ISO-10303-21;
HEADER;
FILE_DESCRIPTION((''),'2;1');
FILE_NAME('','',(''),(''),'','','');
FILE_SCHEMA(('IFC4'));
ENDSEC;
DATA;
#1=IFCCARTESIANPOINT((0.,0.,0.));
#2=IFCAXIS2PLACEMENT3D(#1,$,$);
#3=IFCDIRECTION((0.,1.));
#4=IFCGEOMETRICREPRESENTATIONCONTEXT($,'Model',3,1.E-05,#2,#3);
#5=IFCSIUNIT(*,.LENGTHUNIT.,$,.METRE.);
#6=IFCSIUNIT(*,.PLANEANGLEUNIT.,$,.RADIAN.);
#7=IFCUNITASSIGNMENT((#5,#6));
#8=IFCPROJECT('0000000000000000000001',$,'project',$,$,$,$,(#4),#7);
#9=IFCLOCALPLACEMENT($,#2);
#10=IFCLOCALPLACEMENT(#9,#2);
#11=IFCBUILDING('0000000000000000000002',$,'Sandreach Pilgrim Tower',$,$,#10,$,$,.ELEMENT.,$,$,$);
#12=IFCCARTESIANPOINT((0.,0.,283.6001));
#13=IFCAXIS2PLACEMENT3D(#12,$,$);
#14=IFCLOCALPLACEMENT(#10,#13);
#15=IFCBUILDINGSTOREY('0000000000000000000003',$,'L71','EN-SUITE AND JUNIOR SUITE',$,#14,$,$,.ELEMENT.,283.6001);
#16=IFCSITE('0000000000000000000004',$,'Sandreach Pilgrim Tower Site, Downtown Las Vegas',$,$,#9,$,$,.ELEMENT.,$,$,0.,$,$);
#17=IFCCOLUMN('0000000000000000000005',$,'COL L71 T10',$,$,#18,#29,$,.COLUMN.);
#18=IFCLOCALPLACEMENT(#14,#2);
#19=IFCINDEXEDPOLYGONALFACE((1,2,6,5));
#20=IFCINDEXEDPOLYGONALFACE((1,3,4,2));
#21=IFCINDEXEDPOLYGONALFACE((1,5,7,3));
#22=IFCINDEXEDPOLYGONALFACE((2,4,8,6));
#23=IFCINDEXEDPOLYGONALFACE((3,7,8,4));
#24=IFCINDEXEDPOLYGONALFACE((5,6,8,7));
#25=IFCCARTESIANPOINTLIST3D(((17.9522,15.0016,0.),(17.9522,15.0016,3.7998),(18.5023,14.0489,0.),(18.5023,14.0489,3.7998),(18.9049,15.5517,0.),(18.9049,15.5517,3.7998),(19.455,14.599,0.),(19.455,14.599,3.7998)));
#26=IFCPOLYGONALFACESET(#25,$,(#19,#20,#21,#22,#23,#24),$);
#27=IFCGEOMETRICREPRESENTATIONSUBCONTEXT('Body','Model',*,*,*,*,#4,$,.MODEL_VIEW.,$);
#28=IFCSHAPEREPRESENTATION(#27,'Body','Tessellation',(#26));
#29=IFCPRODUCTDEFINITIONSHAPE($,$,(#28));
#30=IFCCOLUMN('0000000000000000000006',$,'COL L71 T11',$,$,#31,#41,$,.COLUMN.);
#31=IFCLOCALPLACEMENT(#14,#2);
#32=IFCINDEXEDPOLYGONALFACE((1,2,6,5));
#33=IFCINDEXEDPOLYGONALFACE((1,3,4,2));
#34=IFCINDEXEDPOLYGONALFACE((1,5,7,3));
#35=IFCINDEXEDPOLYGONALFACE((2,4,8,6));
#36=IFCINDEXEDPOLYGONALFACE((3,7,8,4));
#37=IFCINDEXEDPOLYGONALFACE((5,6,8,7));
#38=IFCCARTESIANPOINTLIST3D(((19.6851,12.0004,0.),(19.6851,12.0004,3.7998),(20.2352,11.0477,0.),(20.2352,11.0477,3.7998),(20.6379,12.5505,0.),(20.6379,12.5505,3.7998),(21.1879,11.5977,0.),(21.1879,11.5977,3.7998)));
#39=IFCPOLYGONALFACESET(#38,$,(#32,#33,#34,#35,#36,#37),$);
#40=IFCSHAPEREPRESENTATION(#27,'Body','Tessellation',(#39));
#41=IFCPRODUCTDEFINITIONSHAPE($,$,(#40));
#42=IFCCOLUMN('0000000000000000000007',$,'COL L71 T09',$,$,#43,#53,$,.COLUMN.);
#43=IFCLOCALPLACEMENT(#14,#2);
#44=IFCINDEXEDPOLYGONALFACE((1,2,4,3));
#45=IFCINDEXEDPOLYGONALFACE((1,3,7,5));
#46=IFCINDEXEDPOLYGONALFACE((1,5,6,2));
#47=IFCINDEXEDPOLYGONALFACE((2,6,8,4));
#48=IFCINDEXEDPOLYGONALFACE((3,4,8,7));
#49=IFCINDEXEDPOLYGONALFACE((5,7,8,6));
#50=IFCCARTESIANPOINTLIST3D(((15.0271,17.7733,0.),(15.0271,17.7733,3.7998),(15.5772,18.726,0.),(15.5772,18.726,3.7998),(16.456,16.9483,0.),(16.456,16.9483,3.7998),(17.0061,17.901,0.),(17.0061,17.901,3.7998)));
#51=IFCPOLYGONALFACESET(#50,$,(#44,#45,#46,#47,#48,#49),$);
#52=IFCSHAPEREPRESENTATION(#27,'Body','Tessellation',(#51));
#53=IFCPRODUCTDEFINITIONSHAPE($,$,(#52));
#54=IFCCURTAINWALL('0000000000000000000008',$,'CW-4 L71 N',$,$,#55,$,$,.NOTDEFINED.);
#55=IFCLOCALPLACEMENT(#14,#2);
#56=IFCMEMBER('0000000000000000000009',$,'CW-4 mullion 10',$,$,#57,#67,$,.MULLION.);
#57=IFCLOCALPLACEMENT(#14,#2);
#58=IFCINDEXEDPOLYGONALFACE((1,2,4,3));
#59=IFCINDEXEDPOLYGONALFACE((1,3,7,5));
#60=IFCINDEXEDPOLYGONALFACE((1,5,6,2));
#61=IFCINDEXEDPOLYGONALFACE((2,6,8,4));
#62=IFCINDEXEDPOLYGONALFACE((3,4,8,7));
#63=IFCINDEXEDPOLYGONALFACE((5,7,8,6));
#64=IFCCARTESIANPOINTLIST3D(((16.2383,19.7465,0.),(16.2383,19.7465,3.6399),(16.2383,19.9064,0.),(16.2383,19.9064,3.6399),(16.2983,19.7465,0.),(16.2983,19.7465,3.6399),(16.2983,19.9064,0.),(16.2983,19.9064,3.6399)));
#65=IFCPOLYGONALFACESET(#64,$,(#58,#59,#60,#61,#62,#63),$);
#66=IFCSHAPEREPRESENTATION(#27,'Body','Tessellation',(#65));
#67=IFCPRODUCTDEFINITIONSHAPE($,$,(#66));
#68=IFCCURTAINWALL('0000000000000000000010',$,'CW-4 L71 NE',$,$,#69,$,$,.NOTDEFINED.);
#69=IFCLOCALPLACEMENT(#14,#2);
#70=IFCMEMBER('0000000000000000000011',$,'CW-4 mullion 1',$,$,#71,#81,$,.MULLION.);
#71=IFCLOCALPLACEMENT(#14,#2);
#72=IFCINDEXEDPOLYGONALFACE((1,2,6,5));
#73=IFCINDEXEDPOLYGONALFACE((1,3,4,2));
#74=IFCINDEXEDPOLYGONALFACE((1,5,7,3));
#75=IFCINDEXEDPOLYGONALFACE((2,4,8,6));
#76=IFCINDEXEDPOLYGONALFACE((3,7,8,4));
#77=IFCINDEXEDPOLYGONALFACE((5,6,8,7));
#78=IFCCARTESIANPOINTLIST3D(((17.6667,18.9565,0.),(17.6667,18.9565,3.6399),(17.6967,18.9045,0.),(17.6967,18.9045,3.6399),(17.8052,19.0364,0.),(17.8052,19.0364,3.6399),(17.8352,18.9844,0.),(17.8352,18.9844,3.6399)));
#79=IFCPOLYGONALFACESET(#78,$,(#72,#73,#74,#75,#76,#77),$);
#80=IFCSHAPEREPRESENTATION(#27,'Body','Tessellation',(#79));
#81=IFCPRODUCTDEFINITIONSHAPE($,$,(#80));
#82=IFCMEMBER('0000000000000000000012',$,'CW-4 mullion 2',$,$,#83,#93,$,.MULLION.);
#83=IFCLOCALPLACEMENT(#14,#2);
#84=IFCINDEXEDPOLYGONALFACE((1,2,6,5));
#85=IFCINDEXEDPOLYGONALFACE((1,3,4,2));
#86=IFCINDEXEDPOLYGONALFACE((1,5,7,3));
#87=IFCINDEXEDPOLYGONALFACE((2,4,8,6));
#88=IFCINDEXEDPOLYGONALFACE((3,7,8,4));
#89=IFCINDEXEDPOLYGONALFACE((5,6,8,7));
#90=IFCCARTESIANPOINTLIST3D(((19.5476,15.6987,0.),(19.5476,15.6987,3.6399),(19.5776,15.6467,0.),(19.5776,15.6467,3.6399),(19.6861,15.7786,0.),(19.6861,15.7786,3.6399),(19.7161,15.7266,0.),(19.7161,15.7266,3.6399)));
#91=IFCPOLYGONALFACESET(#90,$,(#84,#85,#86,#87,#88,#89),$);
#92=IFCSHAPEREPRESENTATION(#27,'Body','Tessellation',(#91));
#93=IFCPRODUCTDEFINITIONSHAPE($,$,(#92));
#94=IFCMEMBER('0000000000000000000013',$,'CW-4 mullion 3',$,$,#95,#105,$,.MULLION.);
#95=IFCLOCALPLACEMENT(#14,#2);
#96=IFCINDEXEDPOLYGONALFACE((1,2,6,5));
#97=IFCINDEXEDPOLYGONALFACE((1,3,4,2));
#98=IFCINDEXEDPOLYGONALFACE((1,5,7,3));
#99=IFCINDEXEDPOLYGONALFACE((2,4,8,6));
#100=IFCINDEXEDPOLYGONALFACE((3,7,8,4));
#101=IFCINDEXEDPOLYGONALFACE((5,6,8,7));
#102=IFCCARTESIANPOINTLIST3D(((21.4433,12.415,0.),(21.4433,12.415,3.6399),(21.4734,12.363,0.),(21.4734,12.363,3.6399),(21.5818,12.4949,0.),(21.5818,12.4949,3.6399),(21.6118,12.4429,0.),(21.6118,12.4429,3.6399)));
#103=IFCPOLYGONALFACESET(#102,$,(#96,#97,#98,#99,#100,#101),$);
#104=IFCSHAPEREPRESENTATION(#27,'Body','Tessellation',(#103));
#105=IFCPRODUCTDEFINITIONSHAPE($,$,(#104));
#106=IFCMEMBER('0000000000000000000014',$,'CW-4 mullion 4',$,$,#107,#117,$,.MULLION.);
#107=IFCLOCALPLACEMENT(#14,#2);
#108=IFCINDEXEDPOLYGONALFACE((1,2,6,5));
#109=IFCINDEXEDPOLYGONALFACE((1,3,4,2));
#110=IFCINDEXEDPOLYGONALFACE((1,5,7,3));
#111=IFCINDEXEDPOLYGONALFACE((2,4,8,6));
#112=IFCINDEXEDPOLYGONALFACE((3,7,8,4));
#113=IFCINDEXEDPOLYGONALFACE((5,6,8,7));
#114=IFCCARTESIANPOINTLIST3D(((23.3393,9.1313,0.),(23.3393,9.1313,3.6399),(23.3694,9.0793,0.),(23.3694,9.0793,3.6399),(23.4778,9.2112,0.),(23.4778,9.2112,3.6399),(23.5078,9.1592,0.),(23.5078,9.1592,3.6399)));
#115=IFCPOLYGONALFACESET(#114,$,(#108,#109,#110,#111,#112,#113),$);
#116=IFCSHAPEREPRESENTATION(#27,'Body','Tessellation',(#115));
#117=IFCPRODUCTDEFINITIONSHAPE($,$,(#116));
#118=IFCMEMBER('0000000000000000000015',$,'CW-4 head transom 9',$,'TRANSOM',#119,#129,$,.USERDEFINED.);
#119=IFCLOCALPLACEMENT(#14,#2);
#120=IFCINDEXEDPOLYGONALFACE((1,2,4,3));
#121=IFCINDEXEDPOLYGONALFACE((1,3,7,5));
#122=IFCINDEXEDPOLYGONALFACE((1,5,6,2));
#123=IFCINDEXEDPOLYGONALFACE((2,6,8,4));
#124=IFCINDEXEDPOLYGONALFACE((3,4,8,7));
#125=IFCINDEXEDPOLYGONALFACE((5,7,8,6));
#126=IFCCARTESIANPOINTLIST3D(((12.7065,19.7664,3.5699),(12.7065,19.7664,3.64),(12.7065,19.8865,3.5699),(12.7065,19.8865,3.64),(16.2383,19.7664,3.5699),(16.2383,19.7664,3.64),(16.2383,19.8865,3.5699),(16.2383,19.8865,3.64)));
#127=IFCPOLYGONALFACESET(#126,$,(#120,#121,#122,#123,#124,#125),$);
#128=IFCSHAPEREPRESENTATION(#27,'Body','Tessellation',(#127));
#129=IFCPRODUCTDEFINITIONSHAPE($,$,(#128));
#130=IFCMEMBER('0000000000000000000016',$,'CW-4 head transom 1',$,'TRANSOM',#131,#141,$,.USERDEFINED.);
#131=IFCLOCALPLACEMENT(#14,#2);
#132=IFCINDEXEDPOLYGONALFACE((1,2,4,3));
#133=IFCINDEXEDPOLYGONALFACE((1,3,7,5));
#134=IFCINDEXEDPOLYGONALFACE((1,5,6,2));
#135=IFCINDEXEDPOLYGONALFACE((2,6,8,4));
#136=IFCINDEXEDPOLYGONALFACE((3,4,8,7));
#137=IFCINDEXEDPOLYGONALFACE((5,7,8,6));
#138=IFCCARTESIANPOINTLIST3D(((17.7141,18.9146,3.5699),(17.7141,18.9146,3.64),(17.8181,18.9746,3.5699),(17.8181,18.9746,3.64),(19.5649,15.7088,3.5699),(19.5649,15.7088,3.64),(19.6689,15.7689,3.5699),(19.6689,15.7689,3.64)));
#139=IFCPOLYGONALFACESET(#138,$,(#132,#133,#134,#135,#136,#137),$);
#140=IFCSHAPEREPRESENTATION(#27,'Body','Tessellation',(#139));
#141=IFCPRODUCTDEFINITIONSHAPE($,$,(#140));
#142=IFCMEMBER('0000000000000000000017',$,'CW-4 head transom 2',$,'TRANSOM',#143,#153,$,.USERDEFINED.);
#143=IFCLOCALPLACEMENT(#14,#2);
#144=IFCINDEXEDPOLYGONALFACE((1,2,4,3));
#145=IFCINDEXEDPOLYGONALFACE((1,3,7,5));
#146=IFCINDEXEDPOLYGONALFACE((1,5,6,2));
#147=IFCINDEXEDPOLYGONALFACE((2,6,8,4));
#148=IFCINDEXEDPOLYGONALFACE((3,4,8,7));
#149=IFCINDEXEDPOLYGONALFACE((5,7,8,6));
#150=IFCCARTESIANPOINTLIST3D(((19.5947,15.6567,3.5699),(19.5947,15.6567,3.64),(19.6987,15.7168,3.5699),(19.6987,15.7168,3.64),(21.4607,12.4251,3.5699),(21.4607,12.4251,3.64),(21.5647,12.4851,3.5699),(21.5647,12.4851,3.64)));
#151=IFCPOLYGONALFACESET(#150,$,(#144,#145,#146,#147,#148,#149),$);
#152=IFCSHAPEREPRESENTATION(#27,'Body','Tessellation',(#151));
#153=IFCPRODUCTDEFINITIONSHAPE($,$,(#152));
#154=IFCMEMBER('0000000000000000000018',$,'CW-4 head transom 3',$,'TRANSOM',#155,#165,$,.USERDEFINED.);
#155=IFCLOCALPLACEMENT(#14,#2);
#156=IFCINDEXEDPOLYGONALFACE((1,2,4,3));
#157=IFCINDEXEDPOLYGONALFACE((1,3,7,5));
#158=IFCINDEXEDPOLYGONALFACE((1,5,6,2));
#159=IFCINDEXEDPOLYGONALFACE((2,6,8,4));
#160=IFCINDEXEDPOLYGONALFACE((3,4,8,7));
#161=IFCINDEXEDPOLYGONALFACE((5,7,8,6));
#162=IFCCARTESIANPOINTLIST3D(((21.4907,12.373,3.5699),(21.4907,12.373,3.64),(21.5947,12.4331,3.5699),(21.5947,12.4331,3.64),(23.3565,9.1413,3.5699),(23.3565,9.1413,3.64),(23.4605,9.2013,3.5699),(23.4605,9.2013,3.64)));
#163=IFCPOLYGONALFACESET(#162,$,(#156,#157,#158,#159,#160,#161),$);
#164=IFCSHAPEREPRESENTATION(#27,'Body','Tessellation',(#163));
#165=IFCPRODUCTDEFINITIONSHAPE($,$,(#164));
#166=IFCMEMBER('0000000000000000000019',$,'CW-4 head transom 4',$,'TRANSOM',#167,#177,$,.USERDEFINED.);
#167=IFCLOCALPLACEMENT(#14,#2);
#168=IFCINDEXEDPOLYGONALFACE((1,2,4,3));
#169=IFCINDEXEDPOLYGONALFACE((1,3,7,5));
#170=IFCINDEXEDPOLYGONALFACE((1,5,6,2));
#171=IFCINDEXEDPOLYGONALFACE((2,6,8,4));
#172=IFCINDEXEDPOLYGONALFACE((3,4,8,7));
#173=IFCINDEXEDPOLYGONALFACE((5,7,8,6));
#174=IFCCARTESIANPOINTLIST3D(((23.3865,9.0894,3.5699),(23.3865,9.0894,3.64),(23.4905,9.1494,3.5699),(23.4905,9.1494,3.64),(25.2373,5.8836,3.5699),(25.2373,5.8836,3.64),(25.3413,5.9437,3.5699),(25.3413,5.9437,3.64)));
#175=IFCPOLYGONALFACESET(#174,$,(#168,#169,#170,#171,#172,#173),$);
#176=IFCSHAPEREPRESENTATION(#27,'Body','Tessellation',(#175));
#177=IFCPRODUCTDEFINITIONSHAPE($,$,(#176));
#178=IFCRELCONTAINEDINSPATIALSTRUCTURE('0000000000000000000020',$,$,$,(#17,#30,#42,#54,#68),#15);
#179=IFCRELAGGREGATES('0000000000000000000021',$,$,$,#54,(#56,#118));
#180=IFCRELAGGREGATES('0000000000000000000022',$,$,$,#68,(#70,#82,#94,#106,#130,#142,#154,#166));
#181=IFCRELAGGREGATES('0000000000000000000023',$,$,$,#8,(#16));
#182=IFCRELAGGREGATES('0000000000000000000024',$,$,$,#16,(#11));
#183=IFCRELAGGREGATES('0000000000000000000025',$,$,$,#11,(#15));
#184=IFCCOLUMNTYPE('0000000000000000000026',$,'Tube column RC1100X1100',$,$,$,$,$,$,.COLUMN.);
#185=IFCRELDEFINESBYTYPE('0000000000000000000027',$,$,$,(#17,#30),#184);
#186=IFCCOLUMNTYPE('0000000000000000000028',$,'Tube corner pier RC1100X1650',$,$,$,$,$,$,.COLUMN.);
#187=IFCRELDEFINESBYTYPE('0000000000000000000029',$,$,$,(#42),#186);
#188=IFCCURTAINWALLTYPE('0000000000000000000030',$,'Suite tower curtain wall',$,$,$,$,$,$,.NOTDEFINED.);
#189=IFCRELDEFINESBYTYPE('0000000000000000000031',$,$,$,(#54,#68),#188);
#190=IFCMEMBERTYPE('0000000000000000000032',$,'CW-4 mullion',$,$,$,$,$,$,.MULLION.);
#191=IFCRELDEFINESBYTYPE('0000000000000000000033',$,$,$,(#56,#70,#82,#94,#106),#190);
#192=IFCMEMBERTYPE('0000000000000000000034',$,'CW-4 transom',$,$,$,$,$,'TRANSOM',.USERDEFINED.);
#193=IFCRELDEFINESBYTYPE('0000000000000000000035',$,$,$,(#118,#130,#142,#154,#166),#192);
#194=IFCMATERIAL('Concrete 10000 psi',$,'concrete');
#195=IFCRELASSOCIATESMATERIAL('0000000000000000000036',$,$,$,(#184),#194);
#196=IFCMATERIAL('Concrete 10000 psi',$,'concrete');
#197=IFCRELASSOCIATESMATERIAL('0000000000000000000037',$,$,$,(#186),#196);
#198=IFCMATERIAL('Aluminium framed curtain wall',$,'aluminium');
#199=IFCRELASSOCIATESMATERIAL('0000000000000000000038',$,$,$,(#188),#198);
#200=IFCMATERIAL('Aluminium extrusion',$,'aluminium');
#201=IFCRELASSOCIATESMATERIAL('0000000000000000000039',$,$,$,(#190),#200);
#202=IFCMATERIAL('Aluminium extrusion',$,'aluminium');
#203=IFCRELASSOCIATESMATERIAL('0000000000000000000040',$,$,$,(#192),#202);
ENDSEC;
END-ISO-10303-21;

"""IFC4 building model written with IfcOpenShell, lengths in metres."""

from ifc_helpers import new_model, si_unit, direction, frame, origin, origin_2d, place, context, subcontext, project, spatial, rectangle, extrude, material, material_profile, profile_set, type_object, element, aggregate, save


model = new_model("IFC4")

# Units and contexts
model_context = context("Model", 3, precision=1e-05, world=origin(), true_north=direction((0.0, 1.0)))
body_context = subcontext(model_context, "Body", "Model", "MODEL_VIEW")
ifc_project = project(units=[si_unit("LENGTHUNIT", "METRE"), si_unit("PLANEANGLEUNIT", "RADIAN")], contexts=[model_context])

# Site, building, storey
site_placement = place(None, origin())
site = spatial("IfcSite", under=ifc_project, at=site_placement, Name="Sandreach Pilgrim Tower Site, Downtown Las Vegas", CompositionType="ELEMENT", RefElevation=0.0)
building_placement = place(site_placement, origin())
building = spatial("IfcBuilding", under=site, at=building_placement, Name="Sandreach Pilgrim Tower", CompositionType="ELEMENT")
storey_placement = place(building_placement, frame((0.0, 0.0, 283.6001)))
storey = spatial("IfcBuildingStorey", under=building, at=storey_placement, Name="L71", Description="EN-SUITE AND JUNIOR SUITE", CompositionType="ELEMENT", Elevation=283.6001)

# Columns
ifc_material_1 = material(Name="Concrete 10000 psi", Category="concrete")
ifc_material_profile_1 = material_profile(ifc_material_1, rectangle(XDim=1.1001, YDim=1.1001, at=origin_2d()), Name="RC1100X1100")
ifc_profile_set_1 = profile_set([ifc_material_profile_1], Name="Concrete 10000 psi")
column_type_1 = type_object("IfcColumnType", Name="Tube column RC1100X1100", PredefinedType="COLUMN", material=ifc_profile_set_1)
for number, where, z_axis, x_axis, name in (
    (1, (18.7036, 14.8003, 0.0), (0.0, 0.0, 1.0), (0.866025, 0.5, 0.0), "COL L71 T10"),
    (2, (20.4365, 11.7991, 0.0), (0.0, 0.0, 1.0), (0.866025, 0.5, 0.0), "COL L71 T11"),
):
    element("IfcColumn", number, at=place(storey_placement, frame(where, z_axis=z_axis, x_axis=x_axis)), inside=storey, type_object=column_type_1, Name=name, PredefinedType="COLUMN", context=body_context, shape_type="SweptSolid", body=[
        extrude(rectangle(XDim=1.1001, YDim=1.1001, at=origin_2d()), origin(), (0.0, 0.0, 1.0), 3.7998),
    ])
ifc_material_2 = material(Name="Concrete 10000 psi", Category="concrete")
ifc_material_profile_2 = material_profile(ifc_material_2, rectangle(XDim=1.1001, YDim=1.6499, at=origin_2d()), Name="RC1100X1650")
ifc_profile_set_2 = profile_set([ifc_material_profile_2], Name="Concrete 10000 psi")
column_type_2 = type_object("IfcColumnType", Name="Tube corner pier RC1100X1650", PredefinedType="COLUMN", material=ifc_profile_set_2)
column_placement = place(storey_placement, frame((16.0166, 17.8372, 0.0), z_axis=(0.0, 0.0, 1.0), x_axis=(0.5, 0.866025, 0.0)))
element("IfcColumn", 3, at=column_placement, inside=storey, type_object=column_type_2, Name="COL L71 T09", PredefinedType="COLUMN", context=body_context, shape_type="SweptSolid", body=[
    extrude(rectangle(XDim=1.1001, YDim=1.6499, at=origin_2d()), origin(), (0.0, 0.0, 1.0), 3.7998),
])

# Curtain wall, member
ifc_material_3 = material(Name="Aluminium framed curtain wall", Category="aluminium")
curtain_wall_type = type_object("IfcCurtainWallType", Name="Suite tower curtain wall", PredefinedType="NOTDEFINED", material=ifc_material_3)
curtain_wall_1_placement = place(storey_placement, origin())
curtain_wall_1 = element("IfcCurtainWall", 4, at=curtain_wall_1_placement, inside=storey, type_object=curtain_wall_type, Name="CW-4 L71 N", PredefinedType="NOTDEFINED")
ifc_material_4 = material(Name="Aluminium extrusion", Category="aluminium")
ifc_material_profile_3 = material_profile(ifc_material_4, rectangle(XDim=0.0601, YDim=0.1599, at=origin_2d()), Name="CW-4M 60X160")
ifc_profile_set_3 = profile_set([ifc_material_profile_3], Name="Aluminium extrusion")
member_type_1 = type_object("IfcMemberType", Name="CW-4 mullion", PredefinedType="MULLION", material=ifc_profile_set_3)
member_1_placement = place(storey_placement, frame((16.2683, 19.8264, 0.0), z_axis=(0.0, 0.0, 1.0), x_axis=(1.0, 0.0, 0.0)))
member_1 = element("IfcMember", 5, at=member_1_placement, type_object=member_type_1, Name="CW-4 mullion 10", PredefinedType="MULLION", context=body_context, shape_type="SweptSolid", body=[
    extrude(rectangle(XDim=0.0601, YDim=0.1599, at=origin_2d()), origin(), (0.0, 0.0, 1.0), 3.6399),
])

# Curtain wall, members
curtain_wall_2_placement = place(storey_placement, origin())
curtain_wall_2 = element("IfcCurtainWall", 6, at=curtain_wall_2_placement, inside=storey, type_object=curtain_wall_type, Name="CW-4 L71 NE", PredefinedType="NOTDEFINED")
member_2_placement = place(storey_placement, frame((17.751, 18.9705, 0.0), z_axis=(0.0, 0.0, 1.0), x_axis=(0.5, -0.866025, 0.0)))
member_2 = element("IfcMember", 7, at=member_2_placement, type_object=member_type_1, Name="CW-4 mullion 1", PredefinedType="MULLION", context=body_context, shape_type="SweptSolid", body=[
    extrude(rectangle(XDim=0.0601, YDim=0.1599, at=origin_2d()), origin(), (0.0, 0.0, 1.0), 3.6399),
])
member_3_placement = place(storey_placement, frame((19.6318, 15.7126, 0.0), z_axis=(0.0, 0.0, 1.0), x_axis=(0.5, -0.866025, 0.0)))
member_3 = element("IfcMember", 8, at=member_3_placement, type_object=member_type_1, Name="CW-4 mullion 2", PredefinedType="MULLION", context=body_context, shape_type="SweptSolid", body=[
    extrude(rectangle(XDim=0.0601, YDim=0.1599, at=origin_2d()), origin(), (0.0, 0.0, 1.0), 3.6399),
])
member_4_placement = place(storey_placement, frame((21.5276, 12.429, 0.0), z_axis=(0.0, 0.0, 1.0), x_axis=(0.5, -0.866025, 0.0)))
member_4 = element("IfcMember", 9, at=member_4_placement, type_object=member_type_1, Name="CW-4 mullion 3", PredefinedType="MULLION", context=body_context, shape_type="SweptSolid", body=[
    extrude(rectangle(XDim=0.0601, YDim=0.1599, at=origin_2d()), origin(), (0.0, 0.0, 1.0), 3.6399),
])
member_5_placement = place(storey_placement, frame((23.4236, 9.1453, 0.0), z_axis=(0.0, 0.0, 1.0), x_axis=(0.5, -0.866025, 0.0)))
member_5 = element("IfcMember", 10, at=member_5_placement, type_object=member_type_1, Name="CW-4 mullion 4", PredefinedType="MULLION", context=body_context, shape_type="SweptSolid", body=[
    extrude(rectangle(XDim=0.0601, YDim=0.1599, at=origin_2d()), origin(), (0.0, 0.0, 1.0), 3.6399),
])

# Members
ifc_material_5 = material(Name="Aluminium extrusion", Category="aluminium")
ifc_material_profile_4 = material_profile(ifc_material_5, rectangle(XDim=0.1201, YDim=0.0701, at=origin_2d()), Name="CW-4T 120X70")
ifc_profile_set_4 = profile_set([ifc_material_profile_4], Name="Aluminium extrusion")
member_type_2 = type_object("IfcMemberType", Name="CW-4 transom", ElementType="TRANSOM", PredefinedType="USERDEFINED", material=ifc_profile_set_4)
member_6_placement = place(storey_placement, frame((12.7065, 19.8264, 3.605), z_axis=(1.0, 0.0, 0.0), x_axis=(0.0, 1.0, 0.0)))
member_6 = element("IfcMember", 11, at=member_6_placement, type_object=member_type_2, Name="CW-4 head transom 9", ObjectType="TRANSOM", PredefinedType="USERDEFINED", context=body_context, shape_type="SweptSolid", body=[
    extrude(rectangle(XDim=0.1201, YDim=0.0701, at=origin_2d()), origin(), (0.0, 0.0, 1.0), 3.5317),
])
member_7_placement = place(storey_placement, frame((17.7661, 18.9446, 3.605), z_axis=(0.499991, -0.866031, 0.0), x_axis=(0.866031, 0.499991, 0.0)))
member_7 = element("IfcMember", 12, at=member_7_placement, type_object=member_type_2, Name="CW-4 head transom 1", ObjectType="TRANSOM", PredefinedType="USERDEFINED", context=body_context, shape_type="SweptSolid", body=[
    extrude(rectangle(XDim=0.1201, YDim=0.0701, at=origin_2d()), origin(), (0.0, 0.0, 1.0), 3.7017),
])
member_8_placement = place(storey_placement, frame((19.6467, 15.6868, 3.605), z_axis=(0.50003, -0.866008, 0.0), x_axis=(0.866008, 0.50003, 0.0)))
member_8 = element("IfcMember", 13, at=member_8_placement, type_object=member_type_2, Name="CW-4 head transom 2", ObjectType="TRANSOM", PredefinedType="USERDEFINED", context=body_context, shape_type="SweptSolid", body=[
    extrude(rectangle(XDim=0.1201, YDim=0.0701, at=origin_2d()), origin(), (0.0, 0.0, 1.0), 3.7317),
])
member_9_placement = place(storey_placement, frame((21.5427, 12.4031, 3.605), z_axis=(0.499981, -0.866036, 0.0), x_axis=(0.866036, 0.499981, 0.0)))
member_9 = element("IfcMember", 14, at=member_9_placement, type_object=member_type_2, Name="CW-4 head transom 3", ObjectType="TRANSOM", PredefinedType="USERDEFINED", context=body_context, shape_type="SweptSolid", body=[
    extrude(rectangle(XDim=0.1201, YDim=0.0701, at=origin_2d()), origin(), (0.0, 0.0, 1.0), 3.7317),
])
member_10_placement = place(storey_placement, frame((23.4385, 9.1194, 3.605), z_axis=(0.499991, -0.866031, 0.0), x_axis=(0.866031, 0.499991, 0.0)))
member_10 = element("IfcMember", 15, at=member_10_placement, type_object=member_type_2, Name="CW-4 head transom 4", ObjectType="TRANSOM", PredefinedType="USERDEFINED", context=body_context, shape_type="SweptSolid", body=[
    extrude(rectangle(XDim=0.1201, YDim=0.0701, at=origin_2d()), origin(), (0.0, 0.0, 1.0), 3.7017),
])

aggregate(curtain_wall_1, [member_1, member_6])
aggregate(curtain_wall_2, [member_2, member_3, member_4, member_5, member_7, member_8, member_9, member_10])

save(model, "model.ifc")
